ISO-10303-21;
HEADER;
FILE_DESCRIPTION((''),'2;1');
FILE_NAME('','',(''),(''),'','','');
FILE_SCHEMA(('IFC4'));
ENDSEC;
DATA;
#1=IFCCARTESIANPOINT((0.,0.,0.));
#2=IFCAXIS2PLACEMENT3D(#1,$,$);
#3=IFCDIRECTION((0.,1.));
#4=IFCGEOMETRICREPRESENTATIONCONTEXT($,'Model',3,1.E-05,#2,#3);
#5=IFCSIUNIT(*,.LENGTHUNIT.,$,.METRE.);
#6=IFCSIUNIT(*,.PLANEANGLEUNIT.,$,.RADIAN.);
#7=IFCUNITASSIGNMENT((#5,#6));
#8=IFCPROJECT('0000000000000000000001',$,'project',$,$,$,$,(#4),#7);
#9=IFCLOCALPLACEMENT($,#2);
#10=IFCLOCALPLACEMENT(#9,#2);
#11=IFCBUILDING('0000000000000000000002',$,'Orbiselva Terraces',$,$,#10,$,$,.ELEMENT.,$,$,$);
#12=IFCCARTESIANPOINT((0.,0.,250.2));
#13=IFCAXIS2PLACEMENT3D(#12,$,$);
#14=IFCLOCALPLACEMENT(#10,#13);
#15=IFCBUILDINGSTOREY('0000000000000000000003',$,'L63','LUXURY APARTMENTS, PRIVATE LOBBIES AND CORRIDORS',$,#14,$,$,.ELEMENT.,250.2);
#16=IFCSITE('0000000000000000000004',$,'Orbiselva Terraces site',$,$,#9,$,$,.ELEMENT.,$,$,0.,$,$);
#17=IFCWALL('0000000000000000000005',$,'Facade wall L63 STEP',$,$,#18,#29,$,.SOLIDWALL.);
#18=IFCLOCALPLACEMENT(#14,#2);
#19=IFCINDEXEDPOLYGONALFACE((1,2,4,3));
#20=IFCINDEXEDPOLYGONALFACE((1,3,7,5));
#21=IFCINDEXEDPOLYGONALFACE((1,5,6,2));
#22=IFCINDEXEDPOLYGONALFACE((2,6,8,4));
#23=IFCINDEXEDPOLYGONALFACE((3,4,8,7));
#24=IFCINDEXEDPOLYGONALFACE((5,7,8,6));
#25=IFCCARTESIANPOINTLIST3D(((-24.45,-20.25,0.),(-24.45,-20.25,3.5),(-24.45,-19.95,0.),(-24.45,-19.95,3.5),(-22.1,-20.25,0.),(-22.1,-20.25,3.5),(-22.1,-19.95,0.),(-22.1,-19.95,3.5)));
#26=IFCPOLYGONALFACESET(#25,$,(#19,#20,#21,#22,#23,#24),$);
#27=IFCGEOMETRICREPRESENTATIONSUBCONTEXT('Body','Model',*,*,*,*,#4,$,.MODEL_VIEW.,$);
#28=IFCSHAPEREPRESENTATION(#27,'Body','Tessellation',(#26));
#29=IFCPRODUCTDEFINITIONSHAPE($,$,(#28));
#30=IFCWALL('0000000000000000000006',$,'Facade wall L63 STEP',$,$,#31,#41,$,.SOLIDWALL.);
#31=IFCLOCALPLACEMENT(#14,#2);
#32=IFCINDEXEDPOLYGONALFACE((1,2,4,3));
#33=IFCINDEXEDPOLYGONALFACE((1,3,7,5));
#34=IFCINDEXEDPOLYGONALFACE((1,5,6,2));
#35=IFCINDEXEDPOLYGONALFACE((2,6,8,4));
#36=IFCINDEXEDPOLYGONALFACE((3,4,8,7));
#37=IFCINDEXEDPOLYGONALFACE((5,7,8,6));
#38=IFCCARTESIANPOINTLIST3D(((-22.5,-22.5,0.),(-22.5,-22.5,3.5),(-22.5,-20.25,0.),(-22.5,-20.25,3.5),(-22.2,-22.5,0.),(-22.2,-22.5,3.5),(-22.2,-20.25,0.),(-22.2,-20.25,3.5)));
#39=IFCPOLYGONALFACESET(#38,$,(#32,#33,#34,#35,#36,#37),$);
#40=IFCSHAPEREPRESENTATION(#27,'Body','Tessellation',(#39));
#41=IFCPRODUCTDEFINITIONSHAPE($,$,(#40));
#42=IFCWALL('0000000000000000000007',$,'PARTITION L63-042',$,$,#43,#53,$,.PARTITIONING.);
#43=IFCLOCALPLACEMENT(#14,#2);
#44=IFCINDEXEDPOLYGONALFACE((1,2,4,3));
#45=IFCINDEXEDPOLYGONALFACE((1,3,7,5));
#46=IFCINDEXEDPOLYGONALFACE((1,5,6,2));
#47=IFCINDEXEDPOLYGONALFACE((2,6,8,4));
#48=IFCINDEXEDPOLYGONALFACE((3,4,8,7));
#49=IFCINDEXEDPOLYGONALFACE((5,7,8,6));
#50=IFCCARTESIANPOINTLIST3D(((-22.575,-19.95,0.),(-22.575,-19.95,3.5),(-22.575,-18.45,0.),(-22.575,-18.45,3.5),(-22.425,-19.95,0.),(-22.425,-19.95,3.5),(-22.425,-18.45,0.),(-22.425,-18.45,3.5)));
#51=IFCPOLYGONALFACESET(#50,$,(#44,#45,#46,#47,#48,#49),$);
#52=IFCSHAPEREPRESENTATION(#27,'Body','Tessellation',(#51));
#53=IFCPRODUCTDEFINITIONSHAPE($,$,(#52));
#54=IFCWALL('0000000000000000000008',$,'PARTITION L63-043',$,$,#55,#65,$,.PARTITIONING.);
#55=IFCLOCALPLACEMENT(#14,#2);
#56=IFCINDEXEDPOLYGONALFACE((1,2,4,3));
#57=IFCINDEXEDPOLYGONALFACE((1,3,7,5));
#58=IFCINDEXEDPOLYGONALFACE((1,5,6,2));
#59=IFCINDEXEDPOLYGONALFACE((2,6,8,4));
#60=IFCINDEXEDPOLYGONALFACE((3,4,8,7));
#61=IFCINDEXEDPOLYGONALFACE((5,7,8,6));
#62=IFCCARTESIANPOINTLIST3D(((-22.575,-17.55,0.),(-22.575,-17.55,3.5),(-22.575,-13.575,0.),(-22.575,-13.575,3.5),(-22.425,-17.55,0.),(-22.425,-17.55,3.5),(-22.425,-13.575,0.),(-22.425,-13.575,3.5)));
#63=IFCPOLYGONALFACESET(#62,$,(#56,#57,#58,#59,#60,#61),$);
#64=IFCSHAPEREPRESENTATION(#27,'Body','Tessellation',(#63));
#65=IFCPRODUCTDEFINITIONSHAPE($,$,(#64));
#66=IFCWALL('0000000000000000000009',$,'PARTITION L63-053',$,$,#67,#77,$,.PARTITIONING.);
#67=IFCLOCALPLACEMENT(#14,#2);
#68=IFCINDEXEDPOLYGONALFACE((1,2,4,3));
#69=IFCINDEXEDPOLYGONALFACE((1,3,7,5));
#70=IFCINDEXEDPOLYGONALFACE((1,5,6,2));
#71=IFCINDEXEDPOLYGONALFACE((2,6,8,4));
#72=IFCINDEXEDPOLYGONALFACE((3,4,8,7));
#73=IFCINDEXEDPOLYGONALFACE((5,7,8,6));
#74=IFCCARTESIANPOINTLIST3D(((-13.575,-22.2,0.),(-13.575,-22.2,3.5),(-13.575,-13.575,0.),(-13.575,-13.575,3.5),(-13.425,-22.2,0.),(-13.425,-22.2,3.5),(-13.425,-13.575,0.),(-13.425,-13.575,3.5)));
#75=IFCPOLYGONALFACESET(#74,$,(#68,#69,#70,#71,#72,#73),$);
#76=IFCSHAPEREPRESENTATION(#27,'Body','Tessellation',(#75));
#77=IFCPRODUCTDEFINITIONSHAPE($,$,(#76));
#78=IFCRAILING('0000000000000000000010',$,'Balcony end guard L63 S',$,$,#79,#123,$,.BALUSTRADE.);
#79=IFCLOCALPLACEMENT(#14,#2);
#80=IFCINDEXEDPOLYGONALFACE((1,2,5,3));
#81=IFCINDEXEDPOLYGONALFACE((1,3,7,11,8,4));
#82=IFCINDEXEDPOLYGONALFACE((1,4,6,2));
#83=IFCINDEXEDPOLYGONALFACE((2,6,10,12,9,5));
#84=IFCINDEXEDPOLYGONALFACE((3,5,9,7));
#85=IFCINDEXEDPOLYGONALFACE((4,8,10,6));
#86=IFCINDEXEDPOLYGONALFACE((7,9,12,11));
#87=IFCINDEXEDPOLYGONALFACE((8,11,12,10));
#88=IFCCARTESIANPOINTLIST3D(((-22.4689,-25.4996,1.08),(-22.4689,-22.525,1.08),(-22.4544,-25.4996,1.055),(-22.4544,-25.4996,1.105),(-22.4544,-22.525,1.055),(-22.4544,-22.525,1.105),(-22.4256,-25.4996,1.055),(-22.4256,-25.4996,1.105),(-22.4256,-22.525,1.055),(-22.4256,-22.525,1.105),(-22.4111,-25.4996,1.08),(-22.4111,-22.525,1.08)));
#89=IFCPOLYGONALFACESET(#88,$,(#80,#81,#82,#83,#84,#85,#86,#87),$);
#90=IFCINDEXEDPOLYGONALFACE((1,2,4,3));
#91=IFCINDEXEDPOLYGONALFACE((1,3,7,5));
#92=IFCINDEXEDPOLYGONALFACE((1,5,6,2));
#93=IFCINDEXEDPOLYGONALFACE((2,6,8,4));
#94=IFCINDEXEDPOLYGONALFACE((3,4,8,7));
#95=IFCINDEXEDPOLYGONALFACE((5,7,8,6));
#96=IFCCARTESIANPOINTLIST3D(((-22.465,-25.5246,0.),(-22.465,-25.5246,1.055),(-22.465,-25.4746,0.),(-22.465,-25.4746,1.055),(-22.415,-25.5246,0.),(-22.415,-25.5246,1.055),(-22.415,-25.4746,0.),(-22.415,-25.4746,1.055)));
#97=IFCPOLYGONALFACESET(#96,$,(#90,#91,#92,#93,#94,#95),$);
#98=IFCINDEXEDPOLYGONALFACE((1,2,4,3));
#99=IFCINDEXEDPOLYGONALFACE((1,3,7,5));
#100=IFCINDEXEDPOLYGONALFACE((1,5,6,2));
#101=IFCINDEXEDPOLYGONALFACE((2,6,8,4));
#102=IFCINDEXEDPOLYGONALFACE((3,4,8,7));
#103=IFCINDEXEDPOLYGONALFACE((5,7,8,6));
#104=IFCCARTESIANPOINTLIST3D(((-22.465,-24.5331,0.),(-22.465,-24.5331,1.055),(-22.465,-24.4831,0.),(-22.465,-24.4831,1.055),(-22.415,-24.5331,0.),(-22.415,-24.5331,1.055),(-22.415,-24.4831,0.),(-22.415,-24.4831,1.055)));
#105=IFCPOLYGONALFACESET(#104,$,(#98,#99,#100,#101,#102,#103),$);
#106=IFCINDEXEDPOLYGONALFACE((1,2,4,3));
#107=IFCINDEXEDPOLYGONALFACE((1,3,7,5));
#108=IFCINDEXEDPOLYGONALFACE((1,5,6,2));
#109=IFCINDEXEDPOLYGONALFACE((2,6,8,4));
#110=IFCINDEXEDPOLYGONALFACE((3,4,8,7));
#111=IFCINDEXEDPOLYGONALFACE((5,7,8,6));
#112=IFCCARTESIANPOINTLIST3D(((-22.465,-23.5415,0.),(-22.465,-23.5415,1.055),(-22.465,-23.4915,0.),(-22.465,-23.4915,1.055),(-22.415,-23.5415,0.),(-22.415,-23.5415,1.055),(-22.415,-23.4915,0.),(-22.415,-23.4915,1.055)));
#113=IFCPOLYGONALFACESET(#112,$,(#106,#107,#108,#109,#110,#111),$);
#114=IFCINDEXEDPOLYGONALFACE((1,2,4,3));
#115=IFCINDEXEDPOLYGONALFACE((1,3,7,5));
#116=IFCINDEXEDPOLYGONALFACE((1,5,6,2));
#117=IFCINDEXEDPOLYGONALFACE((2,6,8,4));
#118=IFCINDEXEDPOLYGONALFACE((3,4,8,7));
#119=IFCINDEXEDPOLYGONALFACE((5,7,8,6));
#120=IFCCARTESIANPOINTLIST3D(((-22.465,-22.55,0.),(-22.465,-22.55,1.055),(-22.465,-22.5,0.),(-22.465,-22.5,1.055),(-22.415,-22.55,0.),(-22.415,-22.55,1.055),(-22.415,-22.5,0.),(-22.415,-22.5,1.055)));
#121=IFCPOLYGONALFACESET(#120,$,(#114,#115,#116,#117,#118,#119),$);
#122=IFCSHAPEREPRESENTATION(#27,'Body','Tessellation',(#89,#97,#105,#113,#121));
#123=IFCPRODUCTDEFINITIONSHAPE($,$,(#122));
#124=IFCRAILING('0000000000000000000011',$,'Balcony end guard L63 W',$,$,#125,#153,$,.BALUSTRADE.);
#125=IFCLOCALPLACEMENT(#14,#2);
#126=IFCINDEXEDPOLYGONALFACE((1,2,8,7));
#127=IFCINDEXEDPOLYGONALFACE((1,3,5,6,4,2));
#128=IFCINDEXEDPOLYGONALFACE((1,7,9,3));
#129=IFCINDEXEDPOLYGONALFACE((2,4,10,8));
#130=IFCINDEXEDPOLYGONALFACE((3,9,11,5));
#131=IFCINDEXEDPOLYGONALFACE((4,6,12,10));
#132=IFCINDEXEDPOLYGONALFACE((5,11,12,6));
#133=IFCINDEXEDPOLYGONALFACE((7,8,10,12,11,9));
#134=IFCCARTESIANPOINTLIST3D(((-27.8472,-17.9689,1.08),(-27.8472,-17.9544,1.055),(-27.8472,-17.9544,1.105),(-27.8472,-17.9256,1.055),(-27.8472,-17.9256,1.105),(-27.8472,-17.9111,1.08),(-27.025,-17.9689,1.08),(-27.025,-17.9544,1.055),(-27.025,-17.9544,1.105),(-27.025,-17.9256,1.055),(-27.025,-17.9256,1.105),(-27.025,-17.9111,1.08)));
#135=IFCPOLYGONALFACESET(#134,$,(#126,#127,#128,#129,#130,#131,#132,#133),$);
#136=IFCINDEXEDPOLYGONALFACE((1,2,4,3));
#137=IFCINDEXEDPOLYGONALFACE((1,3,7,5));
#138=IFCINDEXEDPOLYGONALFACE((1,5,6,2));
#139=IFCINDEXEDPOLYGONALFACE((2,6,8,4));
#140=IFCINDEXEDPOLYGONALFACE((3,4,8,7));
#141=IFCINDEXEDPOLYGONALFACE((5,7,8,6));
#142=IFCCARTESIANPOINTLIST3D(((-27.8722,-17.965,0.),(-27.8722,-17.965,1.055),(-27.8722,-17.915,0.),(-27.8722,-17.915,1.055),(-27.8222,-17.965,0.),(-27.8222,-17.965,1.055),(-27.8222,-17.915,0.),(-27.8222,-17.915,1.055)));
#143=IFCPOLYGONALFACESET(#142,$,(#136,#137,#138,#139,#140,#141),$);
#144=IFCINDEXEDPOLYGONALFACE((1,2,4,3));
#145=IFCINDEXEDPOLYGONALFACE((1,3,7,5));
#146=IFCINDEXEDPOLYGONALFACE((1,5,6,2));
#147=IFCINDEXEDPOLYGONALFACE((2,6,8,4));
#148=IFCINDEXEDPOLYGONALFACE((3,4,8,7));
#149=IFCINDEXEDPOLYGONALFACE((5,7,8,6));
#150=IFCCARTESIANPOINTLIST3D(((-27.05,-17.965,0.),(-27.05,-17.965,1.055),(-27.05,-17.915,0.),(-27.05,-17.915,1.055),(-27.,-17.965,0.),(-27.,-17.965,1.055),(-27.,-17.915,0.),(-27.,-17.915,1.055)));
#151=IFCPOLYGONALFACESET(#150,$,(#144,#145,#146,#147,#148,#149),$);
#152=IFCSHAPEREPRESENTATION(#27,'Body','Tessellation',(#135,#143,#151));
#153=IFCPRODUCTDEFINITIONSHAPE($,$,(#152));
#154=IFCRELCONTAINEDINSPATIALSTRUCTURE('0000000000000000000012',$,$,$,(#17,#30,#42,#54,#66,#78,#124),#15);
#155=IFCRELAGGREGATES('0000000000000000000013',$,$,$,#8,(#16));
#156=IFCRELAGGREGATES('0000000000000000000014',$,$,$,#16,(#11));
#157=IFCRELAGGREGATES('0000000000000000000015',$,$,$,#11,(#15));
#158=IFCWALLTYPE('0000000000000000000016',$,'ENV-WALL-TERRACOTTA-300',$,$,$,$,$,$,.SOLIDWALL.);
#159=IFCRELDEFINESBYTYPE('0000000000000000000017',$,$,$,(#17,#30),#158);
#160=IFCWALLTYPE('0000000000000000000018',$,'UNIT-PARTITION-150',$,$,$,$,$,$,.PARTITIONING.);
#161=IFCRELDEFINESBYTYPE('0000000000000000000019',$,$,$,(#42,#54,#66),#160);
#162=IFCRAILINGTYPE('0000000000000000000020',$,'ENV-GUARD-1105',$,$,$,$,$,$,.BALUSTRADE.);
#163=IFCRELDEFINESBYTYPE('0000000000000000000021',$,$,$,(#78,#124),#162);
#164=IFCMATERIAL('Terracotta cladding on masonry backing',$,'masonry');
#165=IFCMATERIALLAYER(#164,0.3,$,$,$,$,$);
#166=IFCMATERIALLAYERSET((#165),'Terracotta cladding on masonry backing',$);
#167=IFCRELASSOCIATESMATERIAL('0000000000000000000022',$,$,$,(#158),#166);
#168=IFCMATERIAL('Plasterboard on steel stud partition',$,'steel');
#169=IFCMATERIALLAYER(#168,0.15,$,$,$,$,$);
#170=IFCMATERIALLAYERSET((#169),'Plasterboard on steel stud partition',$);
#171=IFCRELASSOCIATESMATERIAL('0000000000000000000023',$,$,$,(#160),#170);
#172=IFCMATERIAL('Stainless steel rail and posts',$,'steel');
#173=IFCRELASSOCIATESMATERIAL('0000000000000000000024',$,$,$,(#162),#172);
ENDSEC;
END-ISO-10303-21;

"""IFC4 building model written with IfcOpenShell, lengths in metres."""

from ifc_helpers import new_model, si_unit, direction, frame, frame_2d, origin, origin_2d, place, context, subcontext, project, spatial, polyline, rectangle, outline, extrude, material, layer, layer_set, type_object, element, save


model = new_model("IFC4")

# Units and contexts
model_context = context("Model", 3, precision=1e-05, world=origin(), true_north=direction((0.0, 1.0)))
body_context = subcontext(model_context, "Body", "Model", "MODEL_VIEW")
ifc_project = project(units=[si_unit("LENGTHUNIT", "METRE"), si_unit("PLANEANGLEUNIT", "RADIAN")], contexts=[model_context])

# Site, building, storey
site_placement = place(None, origin())
site = spatial("IfcSite", under=ifc_project, at=site_placement, Name="Orbiselva Terraces site", CompositionType="ELEMENT", RefElevation=0.0)
building_placement = place(site_placement, origin())
building = spatial("IfcBuilding", under=site, at=building_placement, Name="Orbiselva Terraces", CompositionType="ELEMENT")
storey_placement = place(building_placement, frame((0.0, 0.0, 250.2)))
storey = spatial("IfcBuildingStorey", under=building, at=storey_placement, Name="L63", Description="LUXURY APARTMENTS, PRIVATE LOBBIES AND CORRIDORS", CompositionType="ELEMENT", Elevation=250.2)

# Shared definitions
ifc_material_1 = material(Name="Terracotta cladding on masonry backing", Category="masonry")
ifc_layer_1 = layer(ifc_material_1, 0.3)
ifc_layer_set_1 = layer_set([ifc_layer_1], Name="Terracotta cladding on masonry backing")
wall_type_1 = type_object("IfcWallType", Name="ENV-WALL-TERRACOTTA-300", PredefinedType="SOLIDWALL", material=ifc_layer_set_1)

# Walls
wall_1_placement = place(storey_placement, frame((-22.1, -20.1, 0.0), z_axis=(0.0, 0.0, 1.0), x_axis=(-1.0, 0.0, 0.0)))
element("IfcWall", 1, at=wall_1_placement, inside=storey, type_object=wall_type_1, Name="Facade wall L63 STEP", PredefinedType="SOLIDWALL", context=body_context, shape_type="SweptSolid", body=[
    extrude(rectangle(XDim=2.35, YDim=0.3, at=frame_2d((1.175, 0.0))), origin(), (0.0, 0.0, 1.0), 3.5),
])
wall_2_placement = place(storey_placement, frame((-22.35, -22.5, 0.0), z_axis=(0.0, 0.0, 1.0), x_axis=(0.0, 1.0, 0.0)))
element("IfcWall", 2, at=wall_2_placement, inside=storey, type_object=wall_type_1, Name="Facade wall L63 STEP", PredefinedType="SOLIDWALL", context=body_context, shape_type="SweptSolid", body=[
    extrude(rectangle(XDim=2.25, YDim=0.3, at=frame_2d((1.125, 0.0))), origin(), (0.0, 0.0, 1.0), 3.5),
])
ifc_material_2 = material(Name="Plasterboard on steel stud partition", Category="steel")
ifc_layer_2 = layer(ifc_material_2, 0.15)
ifc_layer_set_2 = layer_set([ifc_layer_2], Name="Plasterboard on steel stud partition")
wall_type_2 = type_object("IfcWallType", Name="UNIT-PARTITION-150", PredefinedType="PARTITIONING", material=ifc_layer_set_2)
wall_3_placement = place(storey_placement, frame((-22.5, -19.95, 0.0), z_axis=(0.0, 0.0, 1.0), x_axis=(0.0, 1.0, 0.0)))
element("IfcWall", 3, at=wall_3_placement, inside=storey, type_object=wall_type_2, Name="PARTITION L63-042", PredefinedType="PARTITIONING", context=body_context, shape_type="SweptSolid", body=[
    extrude(rectangle(XDim=1.5, YDim=0.15, at=frame_2d((0.75, 0.0))), origin(), (0.0, 0.0, 1.0), 3.5),
])
wall_4_placement = place(storey_placement, frame((-22.5, -17.55, 0.0), z_axis=(0.0, 0.0, 1.0), x_axis=(0.0, 1.0, 0.0)))
element("IfcWall", 4, at=wall_4_placement, inside=storey, type_object=wall_type_2, Name="PARTITION L63-043", PredefinedType="PARTITIONING", context=body_context, shape_type="SweptSolid", body=[
    extrude(rectangle(XDim=3.975, YDim=0.15, at=frame_2d((1.9875, 0.0))), origin(), (0.0, 0.0, 1.0), 3.5),
])
wall_5_placement = place(storey_placement, frame((-13.5, -22.2, 0.0), z_axis=(0.0, 0.0, 1.0), x_axis=(0.0, 1.0, 0.0)))
element("IfcWall", 5, at=wall_5_placement, inside=storey, type_object=wall_type_2, Name="PARTITION L63-053", PredefinedType="PARTITIONING", context=body_context, shape_type="SweptSolid", body=[
    extrude(rectangle(XDim=8.625, YDim=0.15, at=frame_2d((4.3125, 0.0))), origin(), (0.0, 0.0, 1.0), 3.5),
])

# Railings
ifc_material_3 = material(Name="Stainless steel rail and posts", Category="steel")
railing_type_1 = type_object("IfcRailingType", Name="ENV-GUARD-1105", PredefinedType="BALUSTRADE", material=ifc_material_3)
railing_1_placement = place(storey_placement, frame((-22.44, -25.4996, 0.0)))
element("IfcRailing", 6, at=railing_1_placement, inside=storey, type_object=railing_type_1, Name="Balcony end guard L63 S", PredefinedType="BALUSTRADE", context=body_context, shape_type="SweptSolid", body=[
    extrude(outline(polyline([(0.0289, 0.0), (0.0144, 0.025), (-0.0144, 0.025), (-0.0289, 0.0), (-0.0144, -0.025), (0.0144, -0.025), (0.0289, 0.0)])), frame((0.0, 0.0, 1.08), z_axis=(0.0, 1.0, 0.0), x_axis=(-1.0, 0.0, 0.0)), (0.0, 0.0, 1.0), 2.9746),
    extrude(rectangle(XDim=0.05, YDim=0.05, at=origin_2d()), origin(), (0.0, 0.0, 1.0), 1.055),
    extrude(rectangle(XDim=0.05, YDim=0.05, at=origin_2d()), frame((0.0, 0.9915, 0.0)), (0.0, 0.0, 1.0), 1.055),
    extrude(rectangle(XDim=0.05, YDim=0.05, at=origin_2d()), frame((0.0, 1.9831, 0.0)), (0.0, 0.0, 1.0), 1.055),
    extrude(rectangle(XDim=0.05, YDim=0.05, at=origin_2d()), frame((0.0, 2.9746, 0.0)), (0.0, 0.0, 1.0), 1.055),
])
railing_2_placement = place(storey_placement, frame((-27.8472, -17.94, 0.0)))
element("IfcRailing", 7, at=railing_2_placement, inside=storey, type_object=railing_type_1, Name="Balcony end guard L63 W", PredefinedType="BALUSTRADE", context=body_context, shape_type="SweptSolid", body=[
    extrude(outline(polyline([(0.0289, 0.0), (0.0144, 0.025), (-0.0144, 0.025), (-0.0289, 0.0), (-0.0144, -0.025), (0.0144, -0.025), (0.0289, 0.0)])), frame((0.0, 0.0, 1.08), z_axis=(1.0, 0.0, 0.0), x_axis=(0.0, 1.0, 0.0)), (0.0, 0.0, 1.0), 0.8222),
    extrude(rectangle(XDim=0.05, YDim=0.05, at=origin_2d()), origin(), (0.0, 0.0, 1.0), 1.055),
    extrude(rectangle(XDim=0.05, YDim=0.05, at=origin_2d()), frame((0.8222, 0.0, 0.0)), (0.0, 0.0, 1.0), 1.055),
])

save(model, "model.ifc")
